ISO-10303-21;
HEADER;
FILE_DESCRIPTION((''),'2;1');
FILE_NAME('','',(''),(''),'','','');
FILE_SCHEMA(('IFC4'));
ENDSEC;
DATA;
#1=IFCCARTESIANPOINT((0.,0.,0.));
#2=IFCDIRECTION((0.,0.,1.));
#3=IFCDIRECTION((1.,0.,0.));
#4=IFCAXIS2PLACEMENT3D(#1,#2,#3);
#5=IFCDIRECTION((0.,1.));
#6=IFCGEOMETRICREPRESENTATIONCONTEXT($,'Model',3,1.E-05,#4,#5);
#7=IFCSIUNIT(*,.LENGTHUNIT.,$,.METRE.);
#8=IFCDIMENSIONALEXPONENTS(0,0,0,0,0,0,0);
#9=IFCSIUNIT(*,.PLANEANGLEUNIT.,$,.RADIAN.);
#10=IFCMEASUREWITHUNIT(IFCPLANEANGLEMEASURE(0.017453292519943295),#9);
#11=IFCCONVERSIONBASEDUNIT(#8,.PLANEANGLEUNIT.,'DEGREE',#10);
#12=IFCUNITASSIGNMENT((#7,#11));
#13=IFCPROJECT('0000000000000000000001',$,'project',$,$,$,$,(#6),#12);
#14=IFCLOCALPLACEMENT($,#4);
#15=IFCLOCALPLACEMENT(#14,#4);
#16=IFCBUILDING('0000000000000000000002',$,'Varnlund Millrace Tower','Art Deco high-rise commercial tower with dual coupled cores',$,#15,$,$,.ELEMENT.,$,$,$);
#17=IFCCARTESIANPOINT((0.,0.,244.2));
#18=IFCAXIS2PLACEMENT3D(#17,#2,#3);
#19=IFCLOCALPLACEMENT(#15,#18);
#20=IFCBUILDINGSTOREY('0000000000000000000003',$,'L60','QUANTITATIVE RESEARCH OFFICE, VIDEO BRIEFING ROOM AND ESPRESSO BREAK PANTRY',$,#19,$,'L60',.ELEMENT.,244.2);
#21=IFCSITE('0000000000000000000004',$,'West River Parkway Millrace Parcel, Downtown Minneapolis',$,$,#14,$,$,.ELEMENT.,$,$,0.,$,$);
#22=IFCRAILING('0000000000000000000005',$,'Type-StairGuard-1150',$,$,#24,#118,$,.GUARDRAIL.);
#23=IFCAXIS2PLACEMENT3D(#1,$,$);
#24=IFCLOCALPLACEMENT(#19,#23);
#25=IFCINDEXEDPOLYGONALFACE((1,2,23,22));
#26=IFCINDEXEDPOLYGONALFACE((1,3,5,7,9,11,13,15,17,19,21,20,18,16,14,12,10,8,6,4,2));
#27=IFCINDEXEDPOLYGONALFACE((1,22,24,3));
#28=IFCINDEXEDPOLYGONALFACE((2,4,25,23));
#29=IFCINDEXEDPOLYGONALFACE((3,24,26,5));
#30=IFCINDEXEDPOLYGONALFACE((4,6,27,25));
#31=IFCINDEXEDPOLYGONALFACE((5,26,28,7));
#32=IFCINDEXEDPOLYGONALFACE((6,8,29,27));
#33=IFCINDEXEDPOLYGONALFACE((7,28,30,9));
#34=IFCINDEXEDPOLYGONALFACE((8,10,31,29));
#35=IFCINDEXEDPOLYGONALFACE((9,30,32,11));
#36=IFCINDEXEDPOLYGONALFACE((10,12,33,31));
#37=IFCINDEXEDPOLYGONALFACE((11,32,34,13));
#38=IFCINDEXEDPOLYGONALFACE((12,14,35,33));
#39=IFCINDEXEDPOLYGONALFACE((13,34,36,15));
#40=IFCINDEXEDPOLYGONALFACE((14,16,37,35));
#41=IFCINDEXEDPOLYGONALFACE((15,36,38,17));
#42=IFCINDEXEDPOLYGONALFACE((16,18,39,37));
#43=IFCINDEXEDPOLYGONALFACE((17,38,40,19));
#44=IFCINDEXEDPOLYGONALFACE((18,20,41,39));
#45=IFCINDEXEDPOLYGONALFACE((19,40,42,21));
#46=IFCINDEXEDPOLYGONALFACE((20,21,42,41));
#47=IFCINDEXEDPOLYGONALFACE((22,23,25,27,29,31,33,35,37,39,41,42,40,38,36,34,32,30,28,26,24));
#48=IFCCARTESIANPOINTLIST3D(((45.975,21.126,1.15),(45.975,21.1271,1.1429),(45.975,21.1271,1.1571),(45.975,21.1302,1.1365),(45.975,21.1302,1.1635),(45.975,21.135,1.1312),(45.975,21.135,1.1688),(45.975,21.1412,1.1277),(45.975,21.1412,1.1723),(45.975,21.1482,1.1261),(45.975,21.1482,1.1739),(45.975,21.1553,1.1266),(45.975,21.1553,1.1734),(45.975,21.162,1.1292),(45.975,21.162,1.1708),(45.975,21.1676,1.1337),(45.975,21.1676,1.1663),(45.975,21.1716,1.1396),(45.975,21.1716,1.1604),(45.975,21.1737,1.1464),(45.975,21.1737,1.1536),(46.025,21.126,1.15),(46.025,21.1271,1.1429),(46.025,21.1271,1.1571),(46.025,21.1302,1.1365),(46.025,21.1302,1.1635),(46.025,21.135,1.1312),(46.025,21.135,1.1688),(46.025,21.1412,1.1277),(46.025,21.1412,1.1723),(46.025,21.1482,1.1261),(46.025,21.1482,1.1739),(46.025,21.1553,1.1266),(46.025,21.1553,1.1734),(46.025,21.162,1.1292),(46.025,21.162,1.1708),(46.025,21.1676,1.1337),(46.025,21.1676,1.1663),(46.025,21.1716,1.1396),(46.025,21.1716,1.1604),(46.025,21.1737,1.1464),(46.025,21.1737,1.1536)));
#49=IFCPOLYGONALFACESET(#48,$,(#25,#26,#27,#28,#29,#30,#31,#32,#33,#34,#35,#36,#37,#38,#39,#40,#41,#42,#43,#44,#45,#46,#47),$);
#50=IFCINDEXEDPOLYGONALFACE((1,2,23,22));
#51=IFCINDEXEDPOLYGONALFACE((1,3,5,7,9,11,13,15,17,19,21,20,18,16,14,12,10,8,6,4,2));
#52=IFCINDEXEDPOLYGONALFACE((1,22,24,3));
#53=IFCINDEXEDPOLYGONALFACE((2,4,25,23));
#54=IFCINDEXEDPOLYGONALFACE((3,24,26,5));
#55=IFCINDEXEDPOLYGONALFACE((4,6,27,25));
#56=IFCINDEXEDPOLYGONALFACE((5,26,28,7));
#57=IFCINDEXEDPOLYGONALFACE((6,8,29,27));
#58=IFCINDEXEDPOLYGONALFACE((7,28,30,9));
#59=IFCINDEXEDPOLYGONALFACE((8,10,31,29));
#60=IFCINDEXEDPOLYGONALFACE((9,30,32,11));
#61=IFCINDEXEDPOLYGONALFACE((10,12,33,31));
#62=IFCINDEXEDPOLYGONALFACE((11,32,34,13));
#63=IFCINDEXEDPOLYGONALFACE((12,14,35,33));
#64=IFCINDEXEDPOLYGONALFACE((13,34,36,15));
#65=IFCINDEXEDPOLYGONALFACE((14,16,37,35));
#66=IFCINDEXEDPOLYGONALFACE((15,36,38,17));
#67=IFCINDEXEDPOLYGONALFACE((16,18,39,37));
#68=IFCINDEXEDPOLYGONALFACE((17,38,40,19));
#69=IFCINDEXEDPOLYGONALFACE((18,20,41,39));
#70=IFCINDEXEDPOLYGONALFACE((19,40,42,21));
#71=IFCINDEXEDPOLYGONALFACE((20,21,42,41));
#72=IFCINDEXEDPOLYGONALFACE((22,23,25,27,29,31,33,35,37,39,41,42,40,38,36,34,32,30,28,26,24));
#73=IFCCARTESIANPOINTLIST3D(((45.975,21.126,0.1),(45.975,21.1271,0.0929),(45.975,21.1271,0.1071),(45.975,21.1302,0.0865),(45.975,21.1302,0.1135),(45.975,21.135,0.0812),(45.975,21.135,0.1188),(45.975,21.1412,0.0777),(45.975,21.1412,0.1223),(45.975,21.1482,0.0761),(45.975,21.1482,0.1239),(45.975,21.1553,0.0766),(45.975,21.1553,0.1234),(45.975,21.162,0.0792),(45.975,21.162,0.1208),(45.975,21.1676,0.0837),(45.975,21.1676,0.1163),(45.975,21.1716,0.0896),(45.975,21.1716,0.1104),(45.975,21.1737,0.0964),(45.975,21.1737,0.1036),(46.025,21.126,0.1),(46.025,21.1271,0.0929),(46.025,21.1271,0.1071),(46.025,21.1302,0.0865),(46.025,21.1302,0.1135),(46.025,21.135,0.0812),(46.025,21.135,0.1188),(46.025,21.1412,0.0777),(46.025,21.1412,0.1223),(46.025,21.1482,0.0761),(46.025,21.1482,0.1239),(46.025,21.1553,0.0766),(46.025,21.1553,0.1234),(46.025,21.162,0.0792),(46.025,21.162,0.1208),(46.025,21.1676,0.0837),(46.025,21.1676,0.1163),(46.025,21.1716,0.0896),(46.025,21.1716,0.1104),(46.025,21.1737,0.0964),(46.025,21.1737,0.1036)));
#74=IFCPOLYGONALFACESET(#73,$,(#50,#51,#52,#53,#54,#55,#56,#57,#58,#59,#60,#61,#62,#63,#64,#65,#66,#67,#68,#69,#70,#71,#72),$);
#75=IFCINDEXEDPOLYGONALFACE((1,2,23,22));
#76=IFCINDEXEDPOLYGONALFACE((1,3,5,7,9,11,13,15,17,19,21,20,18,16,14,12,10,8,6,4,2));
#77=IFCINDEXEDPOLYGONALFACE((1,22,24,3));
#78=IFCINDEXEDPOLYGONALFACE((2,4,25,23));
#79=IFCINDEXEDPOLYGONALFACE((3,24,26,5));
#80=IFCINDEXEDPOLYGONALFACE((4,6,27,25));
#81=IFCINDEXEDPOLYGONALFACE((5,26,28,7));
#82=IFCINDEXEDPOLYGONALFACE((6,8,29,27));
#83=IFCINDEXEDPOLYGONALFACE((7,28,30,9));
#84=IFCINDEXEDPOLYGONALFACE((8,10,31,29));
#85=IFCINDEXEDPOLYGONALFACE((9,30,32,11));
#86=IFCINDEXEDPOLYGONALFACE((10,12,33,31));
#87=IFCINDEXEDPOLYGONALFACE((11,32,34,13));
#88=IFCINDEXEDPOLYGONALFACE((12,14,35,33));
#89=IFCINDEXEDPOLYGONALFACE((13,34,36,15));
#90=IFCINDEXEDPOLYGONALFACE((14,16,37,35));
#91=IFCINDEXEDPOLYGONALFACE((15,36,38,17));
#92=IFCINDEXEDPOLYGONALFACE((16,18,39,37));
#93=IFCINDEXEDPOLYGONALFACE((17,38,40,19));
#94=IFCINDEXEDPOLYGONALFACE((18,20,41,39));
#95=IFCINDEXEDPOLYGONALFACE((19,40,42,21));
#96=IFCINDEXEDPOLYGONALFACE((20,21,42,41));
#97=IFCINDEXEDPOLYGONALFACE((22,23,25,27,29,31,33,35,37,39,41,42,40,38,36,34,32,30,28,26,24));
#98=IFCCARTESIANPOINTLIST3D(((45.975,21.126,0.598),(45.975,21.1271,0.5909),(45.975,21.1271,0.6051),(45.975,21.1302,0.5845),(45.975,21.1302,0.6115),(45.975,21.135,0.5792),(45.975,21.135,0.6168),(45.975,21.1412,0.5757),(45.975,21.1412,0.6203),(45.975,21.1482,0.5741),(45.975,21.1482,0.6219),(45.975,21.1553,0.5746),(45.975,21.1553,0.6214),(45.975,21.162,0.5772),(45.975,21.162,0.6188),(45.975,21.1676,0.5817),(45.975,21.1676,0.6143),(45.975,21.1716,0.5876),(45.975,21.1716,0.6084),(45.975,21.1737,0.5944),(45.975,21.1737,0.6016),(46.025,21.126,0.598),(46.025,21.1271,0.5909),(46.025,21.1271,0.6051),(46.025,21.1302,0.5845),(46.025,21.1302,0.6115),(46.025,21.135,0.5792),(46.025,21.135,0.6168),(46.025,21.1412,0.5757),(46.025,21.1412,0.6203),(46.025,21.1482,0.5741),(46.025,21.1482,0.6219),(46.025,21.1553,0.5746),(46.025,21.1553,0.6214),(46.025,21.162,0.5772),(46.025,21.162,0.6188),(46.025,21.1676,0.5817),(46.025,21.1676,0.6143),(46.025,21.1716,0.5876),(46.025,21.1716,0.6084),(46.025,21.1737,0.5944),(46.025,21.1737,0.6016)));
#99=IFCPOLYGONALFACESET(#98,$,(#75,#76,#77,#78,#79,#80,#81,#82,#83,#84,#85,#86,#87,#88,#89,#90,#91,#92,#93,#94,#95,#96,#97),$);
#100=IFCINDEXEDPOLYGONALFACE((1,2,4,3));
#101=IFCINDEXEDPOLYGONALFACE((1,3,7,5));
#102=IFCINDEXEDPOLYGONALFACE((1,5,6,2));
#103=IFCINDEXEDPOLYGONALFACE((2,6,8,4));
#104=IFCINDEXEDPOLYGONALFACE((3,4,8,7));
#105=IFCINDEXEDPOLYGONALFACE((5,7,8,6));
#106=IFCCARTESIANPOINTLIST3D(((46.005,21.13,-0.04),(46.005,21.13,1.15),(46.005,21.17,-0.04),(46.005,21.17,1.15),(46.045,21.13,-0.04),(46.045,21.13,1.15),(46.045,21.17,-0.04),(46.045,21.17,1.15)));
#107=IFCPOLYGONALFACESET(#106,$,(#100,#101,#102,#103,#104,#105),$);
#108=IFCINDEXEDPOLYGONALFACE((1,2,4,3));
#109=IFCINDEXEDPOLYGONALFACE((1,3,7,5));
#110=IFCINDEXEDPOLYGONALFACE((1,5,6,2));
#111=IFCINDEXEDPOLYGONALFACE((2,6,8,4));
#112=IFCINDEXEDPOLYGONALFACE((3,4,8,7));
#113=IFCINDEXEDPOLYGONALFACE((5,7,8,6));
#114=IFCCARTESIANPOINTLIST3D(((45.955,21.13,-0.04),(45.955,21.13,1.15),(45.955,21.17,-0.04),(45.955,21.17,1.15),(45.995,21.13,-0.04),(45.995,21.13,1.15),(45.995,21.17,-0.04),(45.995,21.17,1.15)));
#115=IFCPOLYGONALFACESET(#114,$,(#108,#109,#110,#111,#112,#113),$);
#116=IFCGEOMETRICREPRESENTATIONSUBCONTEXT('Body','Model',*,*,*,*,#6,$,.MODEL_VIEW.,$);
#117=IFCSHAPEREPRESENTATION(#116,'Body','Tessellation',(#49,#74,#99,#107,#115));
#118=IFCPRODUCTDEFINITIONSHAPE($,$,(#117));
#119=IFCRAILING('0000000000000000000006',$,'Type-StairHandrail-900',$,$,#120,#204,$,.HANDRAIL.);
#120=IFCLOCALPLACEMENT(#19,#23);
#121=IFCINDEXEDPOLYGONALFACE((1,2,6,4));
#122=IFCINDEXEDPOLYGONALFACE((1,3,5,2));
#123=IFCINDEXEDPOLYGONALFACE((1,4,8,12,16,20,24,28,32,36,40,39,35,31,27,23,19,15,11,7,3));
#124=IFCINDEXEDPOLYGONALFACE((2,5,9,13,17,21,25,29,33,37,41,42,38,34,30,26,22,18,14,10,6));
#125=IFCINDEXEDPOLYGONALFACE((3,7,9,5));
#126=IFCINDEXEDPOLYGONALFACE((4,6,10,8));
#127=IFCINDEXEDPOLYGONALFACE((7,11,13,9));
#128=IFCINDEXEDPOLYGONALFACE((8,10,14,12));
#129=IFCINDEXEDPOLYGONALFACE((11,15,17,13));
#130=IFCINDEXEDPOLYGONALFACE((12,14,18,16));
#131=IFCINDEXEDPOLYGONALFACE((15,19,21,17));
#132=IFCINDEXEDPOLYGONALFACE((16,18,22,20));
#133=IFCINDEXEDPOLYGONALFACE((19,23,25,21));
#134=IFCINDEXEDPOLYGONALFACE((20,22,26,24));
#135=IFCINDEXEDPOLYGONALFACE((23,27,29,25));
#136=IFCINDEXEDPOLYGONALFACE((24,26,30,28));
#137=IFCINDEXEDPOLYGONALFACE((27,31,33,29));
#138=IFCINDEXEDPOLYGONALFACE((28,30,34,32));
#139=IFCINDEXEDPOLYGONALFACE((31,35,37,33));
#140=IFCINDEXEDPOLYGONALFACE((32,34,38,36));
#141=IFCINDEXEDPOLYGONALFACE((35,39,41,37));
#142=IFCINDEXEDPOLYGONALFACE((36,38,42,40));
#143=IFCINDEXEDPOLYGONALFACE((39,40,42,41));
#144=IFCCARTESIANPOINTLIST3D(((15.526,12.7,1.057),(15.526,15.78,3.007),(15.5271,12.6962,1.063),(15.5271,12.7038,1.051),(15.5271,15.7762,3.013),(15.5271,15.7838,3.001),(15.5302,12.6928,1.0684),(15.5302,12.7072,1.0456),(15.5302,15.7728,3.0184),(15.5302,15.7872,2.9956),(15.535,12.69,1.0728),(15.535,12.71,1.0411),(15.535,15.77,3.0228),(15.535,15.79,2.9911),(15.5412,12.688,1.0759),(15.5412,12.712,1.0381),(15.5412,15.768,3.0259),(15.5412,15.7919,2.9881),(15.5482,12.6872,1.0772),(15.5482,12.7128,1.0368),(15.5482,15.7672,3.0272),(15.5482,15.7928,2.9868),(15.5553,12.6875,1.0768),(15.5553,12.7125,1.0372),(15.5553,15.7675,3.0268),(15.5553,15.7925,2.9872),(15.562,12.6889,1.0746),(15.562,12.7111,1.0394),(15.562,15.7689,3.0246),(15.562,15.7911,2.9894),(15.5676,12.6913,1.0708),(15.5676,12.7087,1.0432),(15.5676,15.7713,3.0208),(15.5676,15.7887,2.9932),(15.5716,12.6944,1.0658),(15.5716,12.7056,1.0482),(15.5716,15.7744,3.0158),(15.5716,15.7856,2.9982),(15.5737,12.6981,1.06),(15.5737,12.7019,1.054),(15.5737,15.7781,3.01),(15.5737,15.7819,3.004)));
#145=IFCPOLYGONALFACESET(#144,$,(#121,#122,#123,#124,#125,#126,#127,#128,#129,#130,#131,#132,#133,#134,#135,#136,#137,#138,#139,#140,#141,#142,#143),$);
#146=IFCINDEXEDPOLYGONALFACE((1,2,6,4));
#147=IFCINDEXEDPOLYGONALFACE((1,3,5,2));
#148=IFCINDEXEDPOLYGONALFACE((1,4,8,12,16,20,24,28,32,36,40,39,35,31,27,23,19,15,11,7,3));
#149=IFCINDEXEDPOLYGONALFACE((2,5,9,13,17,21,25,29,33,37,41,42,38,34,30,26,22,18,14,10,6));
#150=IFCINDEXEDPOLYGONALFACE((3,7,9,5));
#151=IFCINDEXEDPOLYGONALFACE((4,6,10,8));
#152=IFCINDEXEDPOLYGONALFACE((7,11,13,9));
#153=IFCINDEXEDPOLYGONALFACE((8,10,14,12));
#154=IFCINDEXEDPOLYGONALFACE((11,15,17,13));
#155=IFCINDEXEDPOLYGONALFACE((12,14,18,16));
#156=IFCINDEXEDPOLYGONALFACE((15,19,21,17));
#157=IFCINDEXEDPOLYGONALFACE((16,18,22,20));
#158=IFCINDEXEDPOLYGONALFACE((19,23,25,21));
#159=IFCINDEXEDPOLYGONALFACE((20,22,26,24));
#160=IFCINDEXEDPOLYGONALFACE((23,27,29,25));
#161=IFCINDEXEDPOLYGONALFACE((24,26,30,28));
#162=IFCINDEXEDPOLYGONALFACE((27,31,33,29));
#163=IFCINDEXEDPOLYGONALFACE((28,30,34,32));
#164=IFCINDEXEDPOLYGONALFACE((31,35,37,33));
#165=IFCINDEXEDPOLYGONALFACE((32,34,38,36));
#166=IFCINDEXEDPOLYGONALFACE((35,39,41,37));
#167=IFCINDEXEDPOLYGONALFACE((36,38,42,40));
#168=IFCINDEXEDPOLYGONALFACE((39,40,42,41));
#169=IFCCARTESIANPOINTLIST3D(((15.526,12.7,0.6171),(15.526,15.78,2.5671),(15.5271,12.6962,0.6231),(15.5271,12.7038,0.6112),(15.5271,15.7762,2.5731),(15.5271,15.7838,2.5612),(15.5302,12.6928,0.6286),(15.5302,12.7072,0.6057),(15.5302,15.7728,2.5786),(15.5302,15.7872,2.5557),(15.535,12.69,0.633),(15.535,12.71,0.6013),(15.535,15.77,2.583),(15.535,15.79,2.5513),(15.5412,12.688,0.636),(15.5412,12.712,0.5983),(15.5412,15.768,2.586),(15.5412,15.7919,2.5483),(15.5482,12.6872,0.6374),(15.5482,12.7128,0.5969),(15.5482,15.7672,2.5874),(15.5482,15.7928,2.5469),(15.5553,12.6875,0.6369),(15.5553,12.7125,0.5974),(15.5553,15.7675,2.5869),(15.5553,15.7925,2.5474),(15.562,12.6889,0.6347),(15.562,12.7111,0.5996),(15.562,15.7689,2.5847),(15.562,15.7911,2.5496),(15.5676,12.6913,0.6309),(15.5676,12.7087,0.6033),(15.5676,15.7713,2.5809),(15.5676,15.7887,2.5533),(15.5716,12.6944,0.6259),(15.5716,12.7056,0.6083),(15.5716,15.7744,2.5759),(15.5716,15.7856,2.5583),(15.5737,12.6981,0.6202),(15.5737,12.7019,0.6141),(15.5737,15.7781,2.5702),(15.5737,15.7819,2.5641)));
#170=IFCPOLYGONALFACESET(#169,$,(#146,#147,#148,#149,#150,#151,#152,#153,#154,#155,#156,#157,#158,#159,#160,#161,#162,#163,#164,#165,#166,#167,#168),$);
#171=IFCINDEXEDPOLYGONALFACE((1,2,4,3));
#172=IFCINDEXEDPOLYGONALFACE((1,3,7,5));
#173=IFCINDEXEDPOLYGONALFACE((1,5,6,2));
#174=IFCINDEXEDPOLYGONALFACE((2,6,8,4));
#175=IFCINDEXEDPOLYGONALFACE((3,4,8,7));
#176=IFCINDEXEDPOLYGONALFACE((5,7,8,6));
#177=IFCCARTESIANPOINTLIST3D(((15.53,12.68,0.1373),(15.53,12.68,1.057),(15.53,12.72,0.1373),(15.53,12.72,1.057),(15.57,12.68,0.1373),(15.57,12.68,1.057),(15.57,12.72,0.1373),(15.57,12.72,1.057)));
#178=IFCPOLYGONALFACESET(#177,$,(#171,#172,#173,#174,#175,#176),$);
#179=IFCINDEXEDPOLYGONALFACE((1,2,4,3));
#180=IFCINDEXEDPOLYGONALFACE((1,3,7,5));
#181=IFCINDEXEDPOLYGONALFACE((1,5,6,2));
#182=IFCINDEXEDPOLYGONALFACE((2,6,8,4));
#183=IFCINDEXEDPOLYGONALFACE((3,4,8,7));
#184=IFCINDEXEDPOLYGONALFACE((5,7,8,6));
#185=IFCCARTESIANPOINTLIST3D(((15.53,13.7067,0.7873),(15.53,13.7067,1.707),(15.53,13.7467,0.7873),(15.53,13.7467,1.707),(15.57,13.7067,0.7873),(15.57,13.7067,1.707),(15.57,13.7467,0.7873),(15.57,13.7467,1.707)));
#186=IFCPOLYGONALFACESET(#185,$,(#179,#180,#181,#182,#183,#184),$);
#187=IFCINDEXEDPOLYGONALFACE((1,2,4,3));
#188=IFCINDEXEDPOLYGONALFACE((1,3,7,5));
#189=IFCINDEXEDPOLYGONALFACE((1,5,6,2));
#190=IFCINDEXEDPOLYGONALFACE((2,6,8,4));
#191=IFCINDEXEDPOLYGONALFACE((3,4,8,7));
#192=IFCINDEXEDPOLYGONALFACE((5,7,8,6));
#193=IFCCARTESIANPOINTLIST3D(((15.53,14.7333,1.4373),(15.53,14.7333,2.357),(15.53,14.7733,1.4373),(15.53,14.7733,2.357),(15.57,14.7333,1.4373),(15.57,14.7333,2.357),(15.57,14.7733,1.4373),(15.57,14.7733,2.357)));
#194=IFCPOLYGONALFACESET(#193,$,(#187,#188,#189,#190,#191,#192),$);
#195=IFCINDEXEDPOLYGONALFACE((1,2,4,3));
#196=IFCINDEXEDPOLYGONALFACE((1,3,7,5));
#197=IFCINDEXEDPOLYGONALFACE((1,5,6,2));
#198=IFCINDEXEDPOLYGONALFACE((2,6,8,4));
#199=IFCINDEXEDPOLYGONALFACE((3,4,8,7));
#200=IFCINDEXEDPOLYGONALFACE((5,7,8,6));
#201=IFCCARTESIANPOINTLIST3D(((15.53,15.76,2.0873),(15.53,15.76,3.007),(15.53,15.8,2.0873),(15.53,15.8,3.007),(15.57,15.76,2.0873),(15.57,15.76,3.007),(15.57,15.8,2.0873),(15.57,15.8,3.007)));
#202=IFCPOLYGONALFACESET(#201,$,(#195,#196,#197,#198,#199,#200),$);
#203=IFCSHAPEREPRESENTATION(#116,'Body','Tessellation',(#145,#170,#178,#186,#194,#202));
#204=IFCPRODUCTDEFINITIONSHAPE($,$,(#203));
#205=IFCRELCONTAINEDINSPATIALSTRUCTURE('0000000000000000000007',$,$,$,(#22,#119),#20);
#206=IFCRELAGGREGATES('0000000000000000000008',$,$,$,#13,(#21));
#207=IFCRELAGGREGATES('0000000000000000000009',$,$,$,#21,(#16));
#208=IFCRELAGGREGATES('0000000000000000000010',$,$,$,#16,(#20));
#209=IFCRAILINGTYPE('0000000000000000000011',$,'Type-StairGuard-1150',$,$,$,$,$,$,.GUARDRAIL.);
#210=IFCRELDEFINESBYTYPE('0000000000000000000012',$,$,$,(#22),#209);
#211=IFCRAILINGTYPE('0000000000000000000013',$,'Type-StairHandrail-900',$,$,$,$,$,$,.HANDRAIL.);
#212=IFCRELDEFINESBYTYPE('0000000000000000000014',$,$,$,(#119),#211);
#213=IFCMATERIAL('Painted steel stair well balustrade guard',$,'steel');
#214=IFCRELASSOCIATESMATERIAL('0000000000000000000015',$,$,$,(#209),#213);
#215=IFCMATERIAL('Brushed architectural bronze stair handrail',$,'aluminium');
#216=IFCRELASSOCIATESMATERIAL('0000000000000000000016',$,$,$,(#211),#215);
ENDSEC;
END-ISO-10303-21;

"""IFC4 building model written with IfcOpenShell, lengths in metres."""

from ifc_helpers import new_model, entity, si_unit, converted_unit, direction, frame, origin_with_axes, origin_2d_with_axis, place, context, subcontext, project, spatial, rectangle, circle, extrude, material, type_object, element, save


model = new_model("IFC4")

# Units and contexts
model_context = context("Model", 3, precision=1e-05, world=origin_with_axes(), true_north=direction((0.0, 1.0)))
body_context = subcontext(model_context, "Body", "Model", "MODEL_VIEW")
ifc_project = project(units=[si_unit("LENGTHUNIT", "METRE"), converted_unit("PLANEANGLEUNIT", "DEGREE", entity("IfcPlaneAngleMeasure", 0.017453292519943295), si_unit("PLANEANGLEUNIT", "RADIAN"), dimensions=[0, 0, 0, 0, 0, 0, 0])], contexts=[model_context])

# Site, building, storey
site_placement = place(None, origin_with_axes())
site = spatial("IfcSite", under=ifc_project, at=site_placement, Name="West River Parkway Millrace Parcel, Downtown Minneapolis", CompositionType="ELEMENT", RefElevation=0.0)
building_placement = place(site_placement, origin_with_axes())
building = spatial("IfcBuilding", under=site, at=building_placement, Name="Varnlund Millrace Tower", Description="Art Deco high-rise commercial tower with dual coupled cores", CompositionType="ELEMENT")
storey_placement = place(building_placement, frame((0.0, 0.0, 244.2), z_axis=(0.0, 0.0, 1.0), x_axis=(1.0, 0.0, 0.0)))
storey = spatial("IfcBuildingStorey", under=building, at=storey_placement, Name="L60", Description="QUANTITATIVE RESEARCH OFFICE, VIDEO BRIEFING ROOM AND ESPRESSO BREAK PANTRY", LongName="L60", CompositionType="ELEMENT", Elevation=244.2)

# Railings
ifc_material_1 = material(Name="Painted steel stair well balustrade guard", Category="steel")
railing_type_1 = type_object("IfcRailingType", Name="Type-StairGuard-1150", PredefinedType="GUARDRAIL", material=ifc_material_1)
railing_1_placement = place(storey_placement, frame((0.0, 0.0, -244.2), z_axis=(0.0, 0.0, 1.0), x_axis=(1.0, 0.0, 0.0)))
element("IfcRailing", 1, at=railing_1_placement, inside=storey, type_object=railing_type_1, Name="Type-StairGuard-1150", PredefinedType="GUARDRAIL", context=body_context, shape_type="SweptSolid", body=[
    extrude(circle(Radius=0.024, at=origin_2d_with_axis()), frame((46.025, 21.15, 245.35), z_axis=(-1.0, 0.0, 0.0), x_axis=(0.0, -1.0, 0.0)), (0.0, 0.0, 1.0), 0.05),
    extrude(circle(Radius=0.024, at=origin_2d_with_axis()), frame((46.025, 21.15, 244.3), z_axis=(-1.0, 0.0, 0.0), x_axis=(0.0, -1.0, 0.0)), (0.0, 0.0, 1.0), 0.05),
    extrude(circle(Radius=0.024, at=origin_2d_with_axis()), frame((46.025, 21.15, 244.798), z_axis=(-1.0, 0.0, 0.0), x_axis=(0.0, -1.0, 0.0)), (0.0, 0.0, 1.0), 0.05),
    extrude(rectangle(XDim=0.04, YDim=0.04, at=origin_2d_with_axis()), frame((46.025, 21.15, 244.16), z_axis=(0.0, 0.0, 1.0), x_axis=(1.0, 0.0, 0.0)), (0.0, 0.0, 1.0), 1.19),
    extrude(rectangle(XDim=0.04, YDim=0.04, at=origin_2d_with_axis()), frame((45.975, 21.15, 244.16), z_axis=(0.0, 0.0, 1.0), x_axis=(1.0, 0.0, 0.0)), (0.0, 0.0, 1.0), 1.19),
])
ifc_material_2 = material(Name="Brushed architectural bronze stair handrail", Category="aluminium")
railing_type_2 = type_object("IfcRailingType", Name="Type-StairHandrail-900", PredefinedType="HANDRAIL", material=ifc_material_2)
railing_2_placement = place(storey_placement, frame((0.0, 0.0, -244.2), z_axis=(0.0, 0.0, 1.0), x_axis=(1.0, 0.0, 0.0)))
element("IfcRailing", 2, at=railing_2_placement, inside=storey, type_object=railing_type_2, Name="Type-StairHandrail-900", PredefinedType="HANDRAIL", context=body_context, shape_type="SweptSolid", body=[
    extrude(circle(Radius=0.024, at=origin_2d_with_axis()), frame((15.55, 12.7, 245.257), z_axis=(0.0, 0.844902, 0.534922), x_axis=(-1.0, 0.0, 0.0)), (0.0, 0.0, 1.0), 3.6454),
    extrude(circle(Radius=0.024, at=origin_2d_with_axis()), frame((15.55, 12.7, 244.8171), z_axis=(0.0, 0.844902, 0.534922), x_axis=(-1.0, 0.0, 0.0)), (0.0, 0.0, 1.0), 3.6454),
    extrude(rectangle(XDim=0.04, YDim=0.04, at=origin_2d_with_axis()), frame((15.55, 12.7, 244.3373), z_axis=(0.0, 0.0, 1.0), x_axis=(1.0, 0.0, 0.0)), (0.0, 0.0, 1.0), 0.9197),
    extrude(rectangle(XDim=0.04, YDim=0.04, at=origin_2d_with_axis()), frame((15.55, 13.7267, 244.9873), z_axis=(0.0, 0.0, 1.0), x_axis=(1.0, 0.0, 0.0)), (0.0, 0.0, 1.0), 0.9197),
    extrude(rectangle(XDim=0.04, YDim=0.04, at=origin_2d_with_axis()), frame((15.55, 14.7533, 245.6373), z_axis=(0.0, 0.0, 1.0), x_axis=(1.0, 0.0, 0.0)), (0.0, 0.0, 1.0), 0.9197),
    extrude(rectangle(XDim=0.04, YDim=0.04, at=origin_2d_with_axis()), frame((15.55, 15.78, 246.2873), z_axis=(0.0, 0.0, 1.0), x_axis=(1.0, 0.0, 0.0)), (0.0, 0.0, 1.0), 0.9197),
])

save(model, "model.ifc")
